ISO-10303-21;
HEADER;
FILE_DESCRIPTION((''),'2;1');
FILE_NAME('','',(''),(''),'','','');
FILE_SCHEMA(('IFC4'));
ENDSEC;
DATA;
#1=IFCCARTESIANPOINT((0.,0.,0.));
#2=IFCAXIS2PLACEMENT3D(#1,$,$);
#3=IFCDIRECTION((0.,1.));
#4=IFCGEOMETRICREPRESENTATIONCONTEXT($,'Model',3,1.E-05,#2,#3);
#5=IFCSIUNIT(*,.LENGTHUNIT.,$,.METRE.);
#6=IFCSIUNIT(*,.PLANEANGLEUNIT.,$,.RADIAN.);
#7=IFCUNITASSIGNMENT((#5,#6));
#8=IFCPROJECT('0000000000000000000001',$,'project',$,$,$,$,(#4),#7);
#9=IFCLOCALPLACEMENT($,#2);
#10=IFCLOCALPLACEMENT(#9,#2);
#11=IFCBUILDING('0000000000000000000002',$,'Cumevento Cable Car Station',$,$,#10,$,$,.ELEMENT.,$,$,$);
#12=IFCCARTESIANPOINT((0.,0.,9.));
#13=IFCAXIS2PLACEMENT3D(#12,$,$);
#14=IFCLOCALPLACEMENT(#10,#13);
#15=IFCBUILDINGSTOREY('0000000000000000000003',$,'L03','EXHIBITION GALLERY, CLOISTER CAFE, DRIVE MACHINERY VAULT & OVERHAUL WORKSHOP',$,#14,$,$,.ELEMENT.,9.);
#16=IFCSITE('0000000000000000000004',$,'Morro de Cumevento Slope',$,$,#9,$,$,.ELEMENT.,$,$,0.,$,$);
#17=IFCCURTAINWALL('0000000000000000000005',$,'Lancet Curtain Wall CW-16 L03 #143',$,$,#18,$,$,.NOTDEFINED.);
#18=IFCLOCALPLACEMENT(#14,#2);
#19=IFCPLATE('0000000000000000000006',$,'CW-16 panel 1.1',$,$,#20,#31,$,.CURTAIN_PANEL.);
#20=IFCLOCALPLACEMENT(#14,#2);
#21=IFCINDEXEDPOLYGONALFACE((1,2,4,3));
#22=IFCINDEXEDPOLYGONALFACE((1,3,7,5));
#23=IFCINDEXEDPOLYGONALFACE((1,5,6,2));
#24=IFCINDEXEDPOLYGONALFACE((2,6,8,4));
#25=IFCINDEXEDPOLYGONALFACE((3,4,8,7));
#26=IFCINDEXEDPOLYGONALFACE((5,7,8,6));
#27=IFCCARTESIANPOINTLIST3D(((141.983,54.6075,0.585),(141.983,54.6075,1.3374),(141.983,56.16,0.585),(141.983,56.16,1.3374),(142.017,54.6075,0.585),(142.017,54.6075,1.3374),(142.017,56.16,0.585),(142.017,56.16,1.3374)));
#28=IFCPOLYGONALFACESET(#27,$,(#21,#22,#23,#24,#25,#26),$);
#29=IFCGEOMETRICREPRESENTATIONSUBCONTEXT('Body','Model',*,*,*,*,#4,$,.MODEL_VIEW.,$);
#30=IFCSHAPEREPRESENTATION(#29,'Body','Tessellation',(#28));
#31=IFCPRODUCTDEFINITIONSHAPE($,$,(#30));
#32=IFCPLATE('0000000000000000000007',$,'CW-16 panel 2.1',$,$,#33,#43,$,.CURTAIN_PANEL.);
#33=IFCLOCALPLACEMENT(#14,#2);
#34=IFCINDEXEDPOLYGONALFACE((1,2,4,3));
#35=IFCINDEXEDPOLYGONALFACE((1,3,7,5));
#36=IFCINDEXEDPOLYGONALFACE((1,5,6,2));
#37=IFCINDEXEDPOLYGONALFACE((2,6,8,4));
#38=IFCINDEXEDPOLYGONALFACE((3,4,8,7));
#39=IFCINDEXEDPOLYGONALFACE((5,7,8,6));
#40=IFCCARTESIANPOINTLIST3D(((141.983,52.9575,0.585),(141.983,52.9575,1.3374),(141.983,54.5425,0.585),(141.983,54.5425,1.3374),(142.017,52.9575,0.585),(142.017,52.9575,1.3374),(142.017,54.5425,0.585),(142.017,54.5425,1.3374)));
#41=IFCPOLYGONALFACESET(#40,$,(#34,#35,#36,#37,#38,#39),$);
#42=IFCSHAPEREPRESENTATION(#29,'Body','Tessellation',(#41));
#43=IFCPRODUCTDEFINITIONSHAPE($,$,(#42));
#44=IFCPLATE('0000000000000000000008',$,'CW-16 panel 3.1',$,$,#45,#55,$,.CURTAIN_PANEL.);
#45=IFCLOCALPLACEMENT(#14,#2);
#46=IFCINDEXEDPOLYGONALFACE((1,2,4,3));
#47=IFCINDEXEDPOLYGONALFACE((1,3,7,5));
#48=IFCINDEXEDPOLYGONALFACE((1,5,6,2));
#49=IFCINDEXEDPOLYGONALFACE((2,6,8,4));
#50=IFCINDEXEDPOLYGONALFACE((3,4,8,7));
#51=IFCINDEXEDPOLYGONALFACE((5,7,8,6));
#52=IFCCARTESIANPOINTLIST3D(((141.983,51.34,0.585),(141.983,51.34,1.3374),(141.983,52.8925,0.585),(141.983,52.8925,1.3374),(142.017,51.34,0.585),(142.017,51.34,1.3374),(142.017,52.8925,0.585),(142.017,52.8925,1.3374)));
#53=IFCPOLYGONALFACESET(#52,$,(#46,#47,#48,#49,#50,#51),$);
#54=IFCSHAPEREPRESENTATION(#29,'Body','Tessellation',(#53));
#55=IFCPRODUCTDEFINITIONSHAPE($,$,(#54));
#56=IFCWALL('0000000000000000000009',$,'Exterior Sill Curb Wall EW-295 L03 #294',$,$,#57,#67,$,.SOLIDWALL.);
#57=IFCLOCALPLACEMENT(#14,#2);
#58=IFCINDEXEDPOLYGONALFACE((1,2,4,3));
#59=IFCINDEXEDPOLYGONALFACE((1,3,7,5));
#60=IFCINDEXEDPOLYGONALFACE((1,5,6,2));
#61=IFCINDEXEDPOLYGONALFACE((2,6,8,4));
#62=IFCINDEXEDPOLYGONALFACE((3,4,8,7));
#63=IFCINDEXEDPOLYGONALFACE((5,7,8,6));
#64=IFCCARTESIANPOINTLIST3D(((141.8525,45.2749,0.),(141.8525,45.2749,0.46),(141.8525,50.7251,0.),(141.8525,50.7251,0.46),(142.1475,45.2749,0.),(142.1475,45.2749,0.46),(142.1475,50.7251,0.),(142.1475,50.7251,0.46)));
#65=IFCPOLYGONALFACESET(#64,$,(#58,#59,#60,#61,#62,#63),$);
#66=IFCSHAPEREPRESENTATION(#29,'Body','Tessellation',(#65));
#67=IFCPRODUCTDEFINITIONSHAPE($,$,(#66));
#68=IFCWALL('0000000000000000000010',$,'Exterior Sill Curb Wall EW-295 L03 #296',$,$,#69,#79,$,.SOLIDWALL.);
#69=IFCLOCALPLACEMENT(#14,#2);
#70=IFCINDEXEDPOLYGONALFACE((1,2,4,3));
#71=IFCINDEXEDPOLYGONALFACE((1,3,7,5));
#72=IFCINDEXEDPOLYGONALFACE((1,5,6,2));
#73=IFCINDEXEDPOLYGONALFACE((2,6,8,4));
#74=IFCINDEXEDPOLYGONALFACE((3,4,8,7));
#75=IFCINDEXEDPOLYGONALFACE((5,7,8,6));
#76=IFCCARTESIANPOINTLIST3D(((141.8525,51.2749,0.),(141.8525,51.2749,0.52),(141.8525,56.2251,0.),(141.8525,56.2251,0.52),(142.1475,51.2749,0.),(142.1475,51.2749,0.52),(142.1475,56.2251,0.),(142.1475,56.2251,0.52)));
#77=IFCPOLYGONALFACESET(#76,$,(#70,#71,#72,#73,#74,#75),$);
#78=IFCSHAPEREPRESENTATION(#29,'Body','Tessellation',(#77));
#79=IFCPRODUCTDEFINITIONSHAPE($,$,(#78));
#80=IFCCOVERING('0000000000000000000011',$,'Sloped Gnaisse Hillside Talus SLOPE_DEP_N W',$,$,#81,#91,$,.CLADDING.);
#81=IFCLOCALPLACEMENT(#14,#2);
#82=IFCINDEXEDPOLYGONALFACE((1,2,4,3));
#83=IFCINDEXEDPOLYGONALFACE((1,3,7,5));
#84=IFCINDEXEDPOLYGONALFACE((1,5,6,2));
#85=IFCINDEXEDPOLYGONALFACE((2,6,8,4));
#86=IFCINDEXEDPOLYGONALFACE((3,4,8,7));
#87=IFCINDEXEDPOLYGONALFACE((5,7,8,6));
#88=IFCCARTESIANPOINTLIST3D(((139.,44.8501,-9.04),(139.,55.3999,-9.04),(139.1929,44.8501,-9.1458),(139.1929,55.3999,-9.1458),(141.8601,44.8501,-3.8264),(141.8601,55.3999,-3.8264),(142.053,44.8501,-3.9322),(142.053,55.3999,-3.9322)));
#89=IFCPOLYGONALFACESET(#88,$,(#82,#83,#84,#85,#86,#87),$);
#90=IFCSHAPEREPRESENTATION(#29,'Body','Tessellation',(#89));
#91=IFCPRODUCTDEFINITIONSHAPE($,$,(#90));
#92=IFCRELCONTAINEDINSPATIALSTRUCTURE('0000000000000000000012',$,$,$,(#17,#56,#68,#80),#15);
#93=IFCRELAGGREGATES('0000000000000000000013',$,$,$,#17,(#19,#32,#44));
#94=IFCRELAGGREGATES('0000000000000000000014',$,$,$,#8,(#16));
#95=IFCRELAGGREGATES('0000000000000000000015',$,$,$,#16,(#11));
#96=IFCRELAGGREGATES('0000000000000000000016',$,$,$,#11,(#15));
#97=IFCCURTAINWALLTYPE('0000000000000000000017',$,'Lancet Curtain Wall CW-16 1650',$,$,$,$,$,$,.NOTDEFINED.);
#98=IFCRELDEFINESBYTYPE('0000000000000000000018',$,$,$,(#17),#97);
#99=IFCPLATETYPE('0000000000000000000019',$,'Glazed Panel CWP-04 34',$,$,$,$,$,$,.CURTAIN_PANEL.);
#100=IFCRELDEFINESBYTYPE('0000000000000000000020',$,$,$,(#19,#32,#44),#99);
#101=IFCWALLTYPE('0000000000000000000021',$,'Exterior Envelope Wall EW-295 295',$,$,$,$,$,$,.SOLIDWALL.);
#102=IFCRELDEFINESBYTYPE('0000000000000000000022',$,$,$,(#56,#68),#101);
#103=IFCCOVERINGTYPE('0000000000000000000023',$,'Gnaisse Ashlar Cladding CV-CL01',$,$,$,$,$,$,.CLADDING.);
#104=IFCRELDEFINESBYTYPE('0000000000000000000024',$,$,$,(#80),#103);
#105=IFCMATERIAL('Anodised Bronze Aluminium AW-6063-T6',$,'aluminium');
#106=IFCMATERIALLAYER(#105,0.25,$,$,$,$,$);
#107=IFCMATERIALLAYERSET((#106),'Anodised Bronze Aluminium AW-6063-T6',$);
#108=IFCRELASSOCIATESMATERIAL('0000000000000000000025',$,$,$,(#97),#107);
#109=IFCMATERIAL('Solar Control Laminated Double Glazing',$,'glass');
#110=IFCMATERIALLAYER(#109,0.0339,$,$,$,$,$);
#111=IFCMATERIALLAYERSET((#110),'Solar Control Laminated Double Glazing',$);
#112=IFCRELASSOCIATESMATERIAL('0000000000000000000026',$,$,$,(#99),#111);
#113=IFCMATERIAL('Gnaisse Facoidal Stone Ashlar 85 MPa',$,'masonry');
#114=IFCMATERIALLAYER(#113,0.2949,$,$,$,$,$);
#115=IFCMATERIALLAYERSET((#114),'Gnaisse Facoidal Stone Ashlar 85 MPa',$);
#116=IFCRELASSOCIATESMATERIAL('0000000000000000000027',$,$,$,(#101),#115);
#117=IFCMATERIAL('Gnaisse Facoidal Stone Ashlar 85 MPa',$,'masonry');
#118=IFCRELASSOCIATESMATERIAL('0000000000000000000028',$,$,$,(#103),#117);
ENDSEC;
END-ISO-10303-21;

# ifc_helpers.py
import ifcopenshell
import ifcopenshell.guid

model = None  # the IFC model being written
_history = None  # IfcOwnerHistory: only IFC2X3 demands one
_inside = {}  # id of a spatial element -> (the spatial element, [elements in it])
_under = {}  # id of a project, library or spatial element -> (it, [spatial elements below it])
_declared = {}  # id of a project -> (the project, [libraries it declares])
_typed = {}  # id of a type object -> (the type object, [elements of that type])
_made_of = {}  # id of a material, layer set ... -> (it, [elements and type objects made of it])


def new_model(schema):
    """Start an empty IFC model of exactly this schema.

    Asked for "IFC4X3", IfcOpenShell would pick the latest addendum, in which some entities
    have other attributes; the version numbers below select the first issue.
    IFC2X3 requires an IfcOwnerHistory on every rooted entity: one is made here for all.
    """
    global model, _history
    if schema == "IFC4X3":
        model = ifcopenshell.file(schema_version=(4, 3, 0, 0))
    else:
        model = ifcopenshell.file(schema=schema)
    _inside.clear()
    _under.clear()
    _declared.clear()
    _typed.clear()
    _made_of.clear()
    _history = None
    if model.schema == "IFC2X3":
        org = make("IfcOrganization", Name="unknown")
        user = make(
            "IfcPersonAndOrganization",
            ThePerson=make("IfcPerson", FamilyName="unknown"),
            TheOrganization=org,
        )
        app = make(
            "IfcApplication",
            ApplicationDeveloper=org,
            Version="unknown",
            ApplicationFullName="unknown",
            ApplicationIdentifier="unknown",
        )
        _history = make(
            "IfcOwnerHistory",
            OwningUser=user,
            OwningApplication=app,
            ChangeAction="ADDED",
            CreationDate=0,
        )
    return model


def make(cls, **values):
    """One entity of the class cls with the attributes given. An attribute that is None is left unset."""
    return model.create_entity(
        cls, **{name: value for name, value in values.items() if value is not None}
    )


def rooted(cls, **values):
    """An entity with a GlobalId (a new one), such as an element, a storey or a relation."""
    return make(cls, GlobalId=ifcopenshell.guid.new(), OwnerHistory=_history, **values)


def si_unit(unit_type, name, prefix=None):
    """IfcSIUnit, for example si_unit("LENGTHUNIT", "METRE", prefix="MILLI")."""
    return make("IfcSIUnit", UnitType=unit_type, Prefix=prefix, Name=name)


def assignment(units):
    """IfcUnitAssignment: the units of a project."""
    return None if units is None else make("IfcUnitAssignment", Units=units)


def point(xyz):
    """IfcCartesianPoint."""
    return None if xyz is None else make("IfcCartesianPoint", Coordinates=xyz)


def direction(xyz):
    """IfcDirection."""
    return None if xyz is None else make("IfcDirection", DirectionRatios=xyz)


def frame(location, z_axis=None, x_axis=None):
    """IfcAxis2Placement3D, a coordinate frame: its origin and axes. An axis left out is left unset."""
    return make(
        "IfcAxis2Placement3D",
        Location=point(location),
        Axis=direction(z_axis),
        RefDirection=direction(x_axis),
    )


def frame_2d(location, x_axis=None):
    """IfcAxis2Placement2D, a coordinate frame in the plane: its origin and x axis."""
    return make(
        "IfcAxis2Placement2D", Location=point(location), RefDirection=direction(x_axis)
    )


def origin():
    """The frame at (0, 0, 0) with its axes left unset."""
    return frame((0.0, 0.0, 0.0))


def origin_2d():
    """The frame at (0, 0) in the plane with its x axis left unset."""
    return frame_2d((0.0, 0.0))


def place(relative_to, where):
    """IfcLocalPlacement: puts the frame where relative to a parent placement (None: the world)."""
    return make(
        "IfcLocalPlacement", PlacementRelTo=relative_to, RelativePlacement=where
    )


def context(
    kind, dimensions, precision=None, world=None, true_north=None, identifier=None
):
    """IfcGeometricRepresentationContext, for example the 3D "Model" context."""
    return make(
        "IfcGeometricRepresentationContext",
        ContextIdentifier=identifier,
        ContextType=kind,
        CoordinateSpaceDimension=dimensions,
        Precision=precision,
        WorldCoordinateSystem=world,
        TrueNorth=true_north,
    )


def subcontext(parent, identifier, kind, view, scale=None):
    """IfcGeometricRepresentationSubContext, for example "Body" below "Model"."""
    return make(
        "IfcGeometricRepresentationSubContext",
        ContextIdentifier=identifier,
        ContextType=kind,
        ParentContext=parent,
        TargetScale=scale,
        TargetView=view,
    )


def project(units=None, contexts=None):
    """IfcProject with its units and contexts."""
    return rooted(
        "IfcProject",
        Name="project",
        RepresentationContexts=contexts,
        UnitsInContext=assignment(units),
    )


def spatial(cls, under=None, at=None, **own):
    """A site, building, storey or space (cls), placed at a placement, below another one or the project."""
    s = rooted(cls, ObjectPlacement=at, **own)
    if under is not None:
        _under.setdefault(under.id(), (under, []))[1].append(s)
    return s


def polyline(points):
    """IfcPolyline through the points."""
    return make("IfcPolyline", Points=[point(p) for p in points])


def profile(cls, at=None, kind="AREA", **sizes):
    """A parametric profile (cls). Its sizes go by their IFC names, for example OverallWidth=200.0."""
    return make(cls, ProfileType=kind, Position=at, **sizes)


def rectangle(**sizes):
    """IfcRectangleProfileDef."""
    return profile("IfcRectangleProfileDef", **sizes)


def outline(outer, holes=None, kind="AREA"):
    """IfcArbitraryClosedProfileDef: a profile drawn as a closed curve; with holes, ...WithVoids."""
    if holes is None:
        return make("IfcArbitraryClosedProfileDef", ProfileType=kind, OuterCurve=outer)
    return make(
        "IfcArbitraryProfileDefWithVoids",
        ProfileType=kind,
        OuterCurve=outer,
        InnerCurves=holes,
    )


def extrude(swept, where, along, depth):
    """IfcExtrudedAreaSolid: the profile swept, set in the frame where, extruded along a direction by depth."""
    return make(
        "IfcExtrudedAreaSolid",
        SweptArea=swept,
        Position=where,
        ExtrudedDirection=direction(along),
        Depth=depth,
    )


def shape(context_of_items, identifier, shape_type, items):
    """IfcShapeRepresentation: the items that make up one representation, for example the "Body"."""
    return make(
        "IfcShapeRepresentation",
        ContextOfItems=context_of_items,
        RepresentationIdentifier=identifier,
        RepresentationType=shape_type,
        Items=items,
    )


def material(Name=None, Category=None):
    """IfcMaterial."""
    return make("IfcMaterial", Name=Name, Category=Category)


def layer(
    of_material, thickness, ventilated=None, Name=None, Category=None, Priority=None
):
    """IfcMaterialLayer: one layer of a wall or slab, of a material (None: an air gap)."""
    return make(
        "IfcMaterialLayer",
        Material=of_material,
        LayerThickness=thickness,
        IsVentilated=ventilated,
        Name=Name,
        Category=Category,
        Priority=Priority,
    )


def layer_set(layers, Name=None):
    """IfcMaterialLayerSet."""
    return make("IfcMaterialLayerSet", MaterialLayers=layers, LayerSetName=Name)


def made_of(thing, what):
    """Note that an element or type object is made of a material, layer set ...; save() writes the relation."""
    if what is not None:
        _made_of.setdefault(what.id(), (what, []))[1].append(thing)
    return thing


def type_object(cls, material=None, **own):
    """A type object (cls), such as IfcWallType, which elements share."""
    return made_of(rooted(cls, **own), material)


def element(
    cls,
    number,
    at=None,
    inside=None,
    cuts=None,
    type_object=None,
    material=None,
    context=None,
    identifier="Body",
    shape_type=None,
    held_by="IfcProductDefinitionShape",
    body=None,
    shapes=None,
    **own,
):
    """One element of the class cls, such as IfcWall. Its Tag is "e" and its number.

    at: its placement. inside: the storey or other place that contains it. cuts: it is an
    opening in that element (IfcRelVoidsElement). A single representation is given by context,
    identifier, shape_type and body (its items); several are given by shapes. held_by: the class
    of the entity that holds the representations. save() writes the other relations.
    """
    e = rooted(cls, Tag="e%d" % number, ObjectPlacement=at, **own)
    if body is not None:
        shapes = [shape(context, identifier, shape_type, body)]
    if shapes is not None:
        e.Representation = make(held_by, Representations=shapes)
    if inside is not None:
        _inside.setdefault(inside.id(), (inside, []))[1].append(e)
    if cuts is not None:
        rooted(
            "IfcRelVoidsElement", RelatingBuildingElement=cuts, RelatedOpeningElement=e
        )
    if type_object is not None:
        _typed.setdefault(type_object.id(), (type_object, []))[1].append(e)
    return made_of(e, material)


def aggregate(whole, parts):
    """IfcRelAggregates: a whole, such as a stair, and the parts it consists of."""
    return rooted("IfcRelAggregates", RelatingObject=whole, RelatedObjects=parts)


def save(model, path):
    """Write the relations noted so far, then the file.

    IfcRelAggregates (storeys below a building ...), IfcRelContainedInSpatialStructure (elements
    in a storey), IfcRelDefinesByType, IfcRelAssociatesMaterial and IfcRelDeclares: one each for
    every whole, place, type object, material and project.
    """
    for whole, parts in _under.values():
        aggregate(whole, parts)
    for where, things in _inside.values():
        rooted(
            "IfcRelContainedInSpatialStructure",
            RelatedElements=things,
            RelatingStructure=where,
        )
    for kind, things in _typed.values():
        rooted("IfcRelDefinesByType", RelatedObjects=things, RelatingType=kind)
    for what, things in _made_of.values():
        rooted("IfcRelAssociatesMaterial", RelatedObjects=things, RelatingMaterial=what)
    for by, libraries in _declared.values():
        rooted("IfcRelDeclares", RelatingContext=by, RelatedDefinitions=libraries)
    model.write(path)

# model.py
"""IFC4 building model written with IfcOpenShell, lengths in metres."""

from ifc_helpers import new_model, si_unit, direction, frame, frame_2d, origin, origin_2d, place, context, subcontext, project, spatial, polyline, rectangle, outline, extrude, material, layer, layer_set, type_object, element, aggregate, save


model = new_model("IFC4")

# Units and contexts
model_context = context("Model", 3, precision=1e-05, world=origin(), true_north=direction((0.0, 1.0)))
body_context = subcontext(model_context, "Body", "Model", "MODEL_VIEW")
ifc_project = project(units=[si_unit("LENGTHUNIT", "METRE"), si_unit("PLANEANGLEUNIT", "RADIAN")], contexts=[model_context])

# Site, building, storey
site_placement = place(None, origin())
site = spatial("IfcSite", under=ifc_project, at=site_placement, Name="Morro de Cumevento Slope", CompositionType="ELEMENT", RefElevation=0.0)
building_placement = place(site_placement, origin())
building = spatial("IfcBuilding", under=site, at=building_placement, Name="Cumevento Cable Car Station", CompositionType="ELEMENT")
storey_placement = place(building_placement, frame((0.0, 0.0, 9.0)))
storey = spatial("IfcBuildingStorey", under=building, at=storey_placement, Name="L03", Description="EXHIBITION GALLERY, CLOISTER CAFE, DRIVE MACHINERY VAULT & OVERHAUL WORKSHOP", CompositionType="ELEMENT", Elevation=9.0)

# Curtain wall
ifc_material_1 = material(Name="Anodised Bronze Aluminium AW-6063-T6", Category="aluminium")
ifc_layer_1 = layer(ifc_material_1, 0.25)
ifc_layer_set_1 = layer_set([ifc_layer_1], Name="Anodised Bronze Aluminium AW-6063-T6")
curtain_wall_type_1 = type_object("IfcCurtainWallType", Name="Lancet Curtain Wall CW-16 1650", PredefinedType="NOTDEFINED", material=ifc_layer_set_1)
curtain_wall_1_placement = place(storey_placement, origin())
curtain_wall_1 = element("IfcCurtainWall", 1, at=curtain_wall_1_placement, inside=storey, type_object=curtain_wall_type_1, Name="Lancet Curtain Wall CW-16 L03 #143", PredefinedType="NOTDEFINED")

# Plates
ifc_material_2 = material(Name="Solar Control Laminated Double Glazing", Category="glass")
ifc_layer_2 = layer(ifc_material_2, 0.0339)
ifc_layer_set_2 = layer_set([ifc_layer_2], Name="Solar Control Laminated Double Glazing")
plate_type_1 = type_object("IfcPlateType", Name="Glazed Panel CWP-04 34", PredefinedType="CURTAIN_PANEL", material=ifc_layer_set_2)
plate_1_placement = place(storey_placement, frame((142.0, 55.3838, 0.585), z_axis=(0.0, 0.0, 1.0), x_axis=(0.0, -1.0, 0.0)))
plate_1 = element("IfcPlate", 2, at=plate_1_placement, type_object=plate_type_1, Name="CW-16 panel 1.1", PredefinedType="CURTAIN_PANEL", context=body_context, shape_type="SweptSolid", body=[
    extrude(rectangle(XDim=1.5525, YDim=0.0339, at=origin_2d()), origin(), (0.0, 0.0, 1.0), 0.7524),
])
plate_2_placement = place(storey_placement, frame((142.0, 53.75, 0.585), z_axis=(0.0, 0.0, 1.0), x_axis=(0.0, -1.0, 0.0)))
plate_2 = element("IfcPlate", 3, at=plate_2_placement, type_object=plate_type_1, Name="CW-16 panel 2.1", PredefinedType="CURTAIN_PANEL", context=body_context, shape_type="SweptSolid", body=[
    extrude(rectangle(XDim=1.585, YDim=0.0339, at=origin_2d()), origin(), (0.0, 0.0, 1.0), 0.7524),
])
plate_3_placement = place(storey_placement, frame((142.0, 52.1162, 0.585), z_axis=(0.0, 0.0, 1.0), x_axis=(0.0, -1.0, 0.0)))
plate_3 = element("IfcPlate", 4, at=plate_3_placement, type_object=plate_type_1, Name="CW-16 panel 3.1", PredefinedType="CURTAIN_PANEL", context=body_context, shape_type="SweptSolid", body=[
    extrude(rectangle(XDim=1.5525, YDim=0.0339, at=origin_2d()), origin(), (0.0, 0.0, 1.0), 0.7524),
])
aggregate(curtain_wall_1, [plate_1, plate_2, plate_3])

# Walls
ifc_material_3 = material(Name="Gnaisse Facoidal Stone Ashlar 85 MPa", Category="masonry")
ifc_layer_3 = layer(ifc_material_3, 0.2949)
ifc_layer_set_3 = layer_set([ifc_layer_3], Name="Gnaisse Facoidal Stone Ashlar 85 MPa")
wall_type = type_object("IfcWallType", Name="Exterior Envelope Wall EW-295 295", PredefinedType="SOLIDWALL", material=ifc_layer_set_3)
wall_1_placement = place(storey_placement, frame((142.0, 50.7251, 0.0), z_axis=(0.0, 0.0, 1.0), x_axis=(0.0, -1.0, 0.0)))
element("IfcWall", 5, at=wall_1_placement, inside=storey, type_object=wall_type, Name="Exterior Sill Curb Wall EW-295 L03 #294", PredefinedType="SOLIDWALL", context=body_context, shape_type="SweptSolid", body=[
    extrude(rectangle(XDim=5.4502, YDim=0.2949, at=frame_2d((2.7251, 0.0))), origin(), (0.0, 0.0, 1.0), 0.46),
])
wall_2_placement = place(storey_placement, frame((142.0, 56.2251, 0.0), z_axis=(0.0, 0.0, 1.0), x_axis=(0.0, -1.0, 0.0)))
element("IfcWall", 6, at=wall_2_placement, inside=storey, type_object=wall_type, Name="Exterior Sill Curb Wall EW-295 L03 #296", PredefinedType="SOLIDWALL", context=body_context, shape_type="SweptSolid", body=[
    extrude(rectangle(XDim=4.9502, YDim=0.2949, at=frame_2d((2.4751, 0.0))), origin(), (0.0, 0.0, 1.0), 0.52),
])

# Covering
ifc_material_4 = material(Name="Gnaisse Facoidal Stone Ashlar 85 MPa", Category="masonry")
covering_type = type_object("IfcCoveringType", Name="Gnaisse Ashlar Cladding CV-CL01", PredefinedType="CLADDING", material=ifc_material_4)
covering_1_placement = place(storey_placement, frame((139.0, 55.3999, -9.04), z_axis=(-0.87674, 0.0, 0.480965), x_axis=(0.0, -1.0, 0.0)))
element("IfcCovering", 7, at=covering_1_placement, inside=storey, type_object=covering_type, Name="Sloped Gnaisse Hillside Talus SLOPE_DEP_N W", PredefinedType="CLADDING", context=body_context, shape_type="SweptSolid", body=[
    extrude(outline(polyline([(0.0, 0.0), (10.5498, 0.0), (10.5498, 5.9466), (0.0, 5.9466), (0.0, 0.0)])), origin(), (0.0, 0.0, -1.0), 0.22),
])

save(model, "model.ifc")
